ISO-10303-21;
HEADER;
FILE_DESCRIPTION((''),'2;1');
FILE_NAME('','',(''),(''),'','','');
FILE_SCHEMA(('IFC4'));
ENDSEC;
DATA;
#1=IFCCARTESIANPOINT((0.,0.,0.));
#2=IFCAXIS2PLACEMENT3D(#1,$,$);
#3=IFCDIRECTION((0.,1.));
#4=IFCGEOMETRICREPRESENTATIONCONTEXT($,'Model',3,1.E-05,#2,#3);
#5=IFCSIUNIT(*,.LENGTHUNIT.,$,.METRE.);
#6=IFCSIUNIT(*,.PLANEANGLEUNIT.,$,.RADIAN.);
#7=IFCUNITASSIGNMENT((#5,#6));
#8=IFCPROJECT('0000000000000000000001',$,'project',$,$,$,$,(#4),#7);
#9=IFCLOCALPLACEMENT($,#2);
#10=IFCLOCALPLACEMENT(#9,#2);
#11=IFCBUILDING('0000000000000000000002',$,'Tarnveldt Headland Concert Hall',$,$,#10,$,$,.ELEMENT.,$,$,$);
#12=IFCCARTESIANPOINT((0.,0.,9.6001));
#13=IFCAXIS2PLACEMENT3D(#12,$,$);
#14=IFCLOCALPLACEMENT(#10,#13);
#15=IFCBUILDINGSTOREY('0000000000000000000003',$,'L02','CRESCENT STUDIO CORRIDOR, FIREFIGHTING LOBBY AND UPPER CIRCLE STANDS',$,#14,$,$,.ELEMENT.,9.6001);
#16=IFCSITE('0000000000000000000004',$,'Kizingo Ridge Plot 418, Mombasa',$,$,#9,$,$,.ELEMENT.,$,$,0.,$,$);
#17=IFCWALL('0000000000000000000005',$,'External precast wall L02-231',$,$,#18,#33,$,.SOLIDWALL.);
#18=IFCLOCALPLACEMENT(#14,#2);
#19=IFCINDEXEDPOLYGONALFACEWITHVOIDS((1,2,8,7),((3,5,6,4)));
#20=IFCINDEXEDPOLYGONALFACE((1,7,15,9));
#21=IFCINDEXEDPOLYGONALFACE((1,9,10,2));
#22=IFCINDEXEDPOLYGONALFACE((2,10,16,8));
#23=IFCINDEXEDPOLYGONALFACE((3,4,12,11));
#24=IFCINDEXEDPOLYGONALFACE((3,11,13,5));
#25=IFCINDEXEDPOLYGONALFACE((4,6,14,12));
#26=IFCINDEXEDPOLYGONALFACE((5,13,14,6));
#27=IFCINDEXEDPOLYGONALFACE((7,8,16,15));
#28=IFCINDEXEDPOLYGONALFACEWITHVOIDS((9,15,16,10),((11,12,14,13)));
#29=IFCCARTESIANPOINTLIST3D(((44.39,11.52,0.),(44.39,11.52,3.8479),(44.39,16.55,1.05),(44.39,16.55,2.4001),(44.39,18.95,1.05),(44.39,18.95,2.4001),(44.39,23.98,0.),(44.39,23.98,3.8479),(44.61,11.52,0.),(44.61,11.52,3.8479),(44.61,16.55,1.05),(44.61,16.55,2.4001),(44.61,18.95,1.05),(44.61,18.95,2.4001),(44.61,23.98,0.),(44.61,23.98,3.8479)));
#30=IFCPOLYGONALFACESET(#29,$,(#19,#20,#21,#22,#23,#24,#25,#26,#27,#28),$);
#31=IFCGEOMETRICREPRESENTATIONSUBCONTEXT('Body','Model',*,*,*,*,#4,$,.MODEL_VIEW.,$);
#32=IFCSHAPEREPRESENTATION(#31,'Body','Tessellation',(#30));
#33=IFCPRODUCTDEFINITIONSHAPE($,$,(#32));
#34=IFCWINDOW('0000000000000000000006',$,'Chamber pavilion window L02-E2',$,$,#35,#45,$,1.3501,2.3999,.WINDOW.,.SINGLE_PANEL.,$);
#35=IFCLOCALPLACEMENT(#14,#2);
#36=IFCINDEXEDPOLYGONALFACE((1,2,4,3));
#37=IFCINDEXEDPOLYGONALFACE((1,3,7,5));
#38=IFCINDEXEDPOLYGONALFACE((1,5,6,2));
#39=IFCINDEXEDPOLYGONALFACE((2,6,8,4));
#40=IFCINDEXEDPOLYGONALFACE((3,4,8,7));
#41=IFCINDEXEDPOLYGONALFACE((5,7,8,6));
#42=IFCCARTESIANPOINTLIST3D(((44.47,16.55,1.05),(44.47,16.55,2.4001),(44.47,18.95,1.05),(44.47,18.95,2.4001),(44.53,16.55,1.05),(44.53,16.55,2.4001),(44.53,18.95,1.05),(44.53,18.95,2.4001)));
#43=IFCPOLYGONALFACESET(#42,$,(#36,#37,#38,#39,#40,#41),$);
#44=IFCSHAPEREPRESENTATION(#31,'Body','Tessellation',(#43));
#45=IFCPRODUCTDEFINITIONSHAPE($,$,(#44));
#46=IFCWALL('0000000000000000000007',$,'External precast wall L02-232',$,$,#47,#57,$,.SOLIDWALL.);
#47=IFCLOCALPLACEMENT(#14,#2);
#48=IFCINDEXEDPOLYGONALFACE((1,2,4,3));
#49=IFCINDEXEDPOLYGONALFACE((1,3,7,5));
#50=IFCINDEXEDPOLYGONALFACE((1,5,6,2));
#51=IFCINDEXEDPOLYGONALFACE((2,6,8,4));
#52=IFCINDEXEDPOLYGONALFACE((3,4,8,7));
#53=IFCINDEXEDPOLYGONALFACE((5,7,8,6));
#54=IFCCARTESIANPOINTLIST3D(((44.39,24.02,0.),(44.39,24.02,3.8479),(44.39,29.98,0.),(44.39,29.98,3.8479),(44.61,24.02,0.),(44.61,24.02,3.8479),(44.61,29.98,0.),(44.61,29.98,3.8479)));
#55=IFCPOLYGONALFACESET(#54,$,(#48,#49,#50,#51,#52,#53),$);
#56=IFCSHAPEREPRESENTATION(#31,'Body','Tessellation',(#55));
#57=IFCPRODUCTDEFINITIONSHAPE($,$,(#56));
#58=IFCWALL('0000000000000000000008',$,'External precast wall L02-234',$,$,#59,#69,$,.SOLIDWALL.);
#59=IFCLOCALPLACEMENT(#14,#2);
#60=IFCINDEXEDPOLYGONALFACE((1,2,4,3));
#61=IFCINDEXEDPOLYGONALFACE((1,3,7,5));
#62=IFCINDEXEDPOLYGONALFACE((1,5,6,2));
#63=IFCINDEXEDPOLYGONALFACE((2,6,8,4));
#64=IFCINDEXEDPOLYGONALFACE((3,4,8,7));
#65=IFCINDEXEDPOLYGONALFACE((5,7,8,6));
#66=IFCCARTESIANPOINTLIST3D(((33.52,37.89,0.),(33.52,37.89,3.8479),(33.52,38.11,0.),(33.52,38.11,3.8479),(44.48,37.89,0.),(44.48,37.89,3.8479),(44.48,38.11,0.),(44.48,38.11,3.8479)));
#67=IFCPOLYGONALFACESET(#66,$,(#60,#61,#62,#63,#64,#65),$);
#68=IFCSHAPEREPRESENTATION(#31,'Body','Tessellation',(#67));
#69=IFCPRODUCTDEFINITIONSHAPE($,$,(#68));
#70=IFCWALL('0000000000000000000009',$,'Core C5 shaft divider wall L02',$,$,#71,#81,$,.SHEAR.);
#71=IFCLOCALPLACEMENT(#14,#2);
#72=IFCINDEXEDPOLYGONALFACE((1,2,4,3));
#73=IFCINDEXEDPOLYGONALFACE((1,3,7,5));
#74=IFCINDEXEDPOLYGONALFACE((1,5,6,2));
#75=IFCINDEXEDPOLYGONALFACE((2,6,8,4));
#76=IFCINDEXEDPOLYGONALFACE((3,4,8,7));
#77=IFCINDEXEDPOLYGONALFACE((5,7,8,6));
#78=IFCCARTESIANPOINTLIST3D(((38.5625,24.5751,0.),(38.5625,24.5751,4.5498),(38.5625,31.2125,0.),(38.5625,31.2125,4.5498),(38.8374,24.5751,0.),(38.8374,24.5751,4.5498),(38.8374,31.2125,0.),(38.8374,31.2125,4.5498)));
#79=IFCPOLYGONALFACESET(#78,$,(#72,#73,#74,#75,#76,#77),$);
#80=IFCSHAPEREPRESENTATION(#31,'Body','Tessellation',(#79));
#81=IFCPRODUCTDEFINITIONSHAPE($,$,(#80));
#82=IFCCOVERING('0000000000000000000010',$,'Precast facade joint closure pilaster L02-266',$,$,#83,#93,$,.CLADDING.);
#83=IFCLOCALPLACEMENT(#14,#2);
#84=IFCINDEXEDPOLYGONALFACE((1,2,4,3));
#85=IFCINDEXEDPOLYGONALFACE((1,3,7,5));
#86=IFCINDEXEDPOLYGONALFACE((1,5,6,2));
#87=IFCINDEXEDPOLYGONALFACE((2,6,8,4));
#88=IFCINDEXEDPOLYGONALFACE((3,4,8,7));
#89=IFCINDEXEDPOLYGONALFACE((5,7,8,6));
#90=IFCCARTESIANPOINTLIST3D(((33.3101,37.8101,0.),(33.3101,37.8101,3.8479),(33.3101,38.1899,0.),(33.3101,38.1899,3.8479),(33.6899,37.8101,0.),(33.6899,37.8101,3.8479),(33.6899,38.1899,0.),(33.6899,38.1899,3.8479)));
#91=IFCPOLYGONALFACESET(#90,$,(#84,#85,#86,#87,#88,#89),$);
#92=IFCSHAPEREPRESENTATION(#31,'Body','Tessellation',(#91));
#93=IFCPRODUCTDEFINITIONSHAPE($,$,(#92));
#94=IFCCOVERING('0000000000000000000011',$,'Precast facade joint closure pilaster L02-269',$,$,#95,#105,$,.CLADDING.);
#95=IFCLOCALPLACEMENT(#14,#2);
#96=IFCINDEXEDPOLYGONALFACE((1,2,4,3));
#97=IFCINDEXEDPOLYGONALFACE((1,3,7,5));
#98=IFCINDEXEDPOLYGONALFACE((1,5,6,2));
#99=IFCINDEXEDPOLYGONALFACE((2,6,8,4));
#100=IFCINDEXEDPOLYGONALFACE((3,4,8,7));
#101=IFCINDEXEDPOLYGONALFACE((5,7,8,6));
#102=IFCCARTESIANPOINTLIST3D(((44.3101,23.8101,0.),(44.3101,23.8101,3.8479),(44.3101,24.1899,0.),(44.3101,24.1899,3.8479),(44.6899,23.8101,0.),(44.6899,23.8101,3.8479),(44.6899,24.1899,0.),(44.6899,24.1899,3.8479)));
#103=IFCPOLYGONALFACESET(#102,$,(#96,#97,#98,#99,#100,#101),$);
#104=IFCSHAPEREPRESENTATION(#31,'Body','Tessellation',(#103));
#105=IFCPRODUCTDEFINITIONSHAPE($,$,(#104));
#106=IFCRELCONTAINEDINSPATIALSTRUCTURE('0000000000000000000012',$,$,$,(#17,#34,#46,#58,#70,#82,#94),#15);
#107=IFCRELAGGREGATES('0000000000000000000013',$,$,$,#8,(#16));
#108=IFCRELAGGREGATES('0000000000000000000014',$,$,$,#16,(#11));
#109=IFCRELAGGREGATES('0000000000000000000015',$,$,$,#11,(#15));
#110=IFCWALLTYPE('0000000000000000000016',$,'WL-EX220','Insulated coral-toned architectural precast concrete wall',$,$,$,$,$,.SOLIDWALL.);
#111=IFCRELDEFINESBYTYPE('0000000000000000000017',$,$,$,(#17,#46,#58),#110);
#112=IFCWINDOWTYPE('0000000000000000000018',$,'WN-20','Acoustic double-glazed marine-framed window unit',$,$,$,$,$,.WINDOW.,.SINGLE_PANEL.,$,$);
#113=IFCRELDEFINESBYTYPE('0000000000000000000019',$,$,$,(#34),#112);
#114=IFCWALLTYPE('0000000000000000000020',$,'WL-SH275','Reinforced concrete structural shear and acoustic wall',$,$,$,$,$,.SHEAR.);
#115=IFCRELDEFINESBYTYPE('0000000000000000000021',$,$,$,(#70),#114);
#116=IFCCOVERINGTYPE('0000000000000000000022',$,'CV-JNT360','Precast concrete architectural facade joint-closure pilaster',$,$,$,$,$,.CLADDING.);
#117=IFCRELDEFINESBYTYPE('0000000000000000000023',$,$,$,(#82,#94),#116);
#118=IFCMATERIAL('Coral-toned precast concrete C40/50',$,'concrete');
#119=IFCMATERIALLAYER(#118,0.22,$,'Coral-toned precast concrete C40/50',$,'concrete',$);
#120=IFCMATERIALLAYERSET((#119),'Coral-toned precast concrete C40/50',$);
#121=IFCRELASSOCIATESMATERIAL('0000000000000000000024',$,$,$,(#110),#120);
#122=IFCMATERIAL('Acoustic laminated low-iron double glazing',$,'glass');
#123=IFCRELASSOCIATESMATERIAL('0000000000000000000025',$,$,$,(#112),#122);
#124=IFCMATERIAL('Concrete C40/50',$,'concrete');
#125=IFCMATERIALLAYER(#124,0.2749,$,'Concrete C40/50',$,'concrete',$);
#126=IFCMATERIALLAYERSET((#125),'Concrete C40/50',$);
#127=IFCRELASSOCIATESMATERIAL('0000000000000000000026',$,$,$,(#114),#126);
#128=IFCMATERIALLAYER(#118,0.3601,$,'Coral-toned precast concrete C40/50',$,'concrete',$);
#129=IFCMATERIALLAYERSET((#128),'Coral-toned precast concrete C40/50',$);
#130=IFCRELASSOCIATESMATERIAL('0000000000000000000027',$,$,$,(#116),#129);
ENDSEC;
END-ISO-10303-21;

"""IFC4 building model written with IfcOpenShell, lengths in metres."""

from ifc_helpers import new_model, si_unit, direction, frame, frame_2d, origin, origin_2d, place, context, subcontext, project, spatial, rectangle, extrude, material, layer, layer_set, type_object, element, fill, save


model = new_model("IFC4")

# Units and contexts
model_context = context("Model", 3, precision=1e-05, world=origin(), true_north=direction((0.0, 1.0)))
body_context = subcontext(model_context, "Body", "Model", "MODEL_VIEW")
ifc_project = project(units=[si_unit("LENGTHUNIT", "METRE"), si_unit("PLANEANGLEUNIT", "RADIAN")], contexts=[model_context])

# Site, building, storey
site_placement = place(None, origin())
site = spatial("IfcSite", under=ifc_project, at=site_placement, Name="Kizingo Ridge Plot 418, Mombasa", CompositionType="ELEMENT", RefElevation=0.0)
building_placement = place(site_placement, origin())
building = spatial("IfcBuilding", under=site, at=building_placement, Name="Tarnveldt Headland Concert Hall", CompositionType="ELEMENT")
storey_placement = place(building_placement, frame((0.0, 0.0, 9.6001)))
storey = spatial("IfcBuildingStorey", under=building, at=storey_placement, Name="L02", Description="CRESCENT STUDIO CORRIDOR, FIREFIGHTING LOBBY AND UPPER CIRCLE STANDS", CompositionType="ELEMENT", Elevation=9.6001)

# Shared definitions
ifc_material_1 = material(Name="Concrete C40/50", Category="concrete")

# Wall, opening, window
ifc_material_2 = material(Name="Coral-toned precast concrete C40/50", Category="concrete")
ifc_layer_1 = layer(ifc_material_2, 0.22, Name="Coral-toned precast concrete C40/50", Category="concrete")
ifc_layer_set_1 = layer_set([ifc_layer_1], Name="Coral-toned precast concrete C40/50")
wall_type_1 = type_object("IfcWallType", Name="WL-EX220", Description="Insulated coral-toned architectural precast concrete wall", PredefinedType="SOLIDWALL", material=ifc_layer_set_1)
wall_1_placement = place(storey_placement, frame((44.5, 23.98, 0.0), z_axis=(0.0, 0.0, 1.0), x_axis=(0.0, -1.0, 0.0)))
wall_1 = element("IfcWall", 1, at=wall_1_placement, inside=storey, type_object=wall_type_1, Name="External precast wall L02-231", PredefinedType="SOLIDWALL", context=body_context, shape_type="SweptSolid", body=[
    extrude(rectangle(XDim=12.46, YDim=0.22, at=frame_2d((6.23, 0.0))), origin(), (0.0, 0.0, 1.0), 3.8479),
])
opening_1_placement = place(wall_1_placement, frame((5.03, 0.0, 1.05)))
opening_1 = element("IfcOpeningElement", 2, at=opening_1_placement, cuts=wall_1, PredefinedType="OPENING", context=body_context, shape_type="SweptSolid", body=[
    extrude(rectangle(XDim=2.3999, YDim=1.3501, at=frame_2d((1.2, 0.675))), frame((0.0, 0.1199, 0.0), z_axis=(0.0, -1.0, 0.0), x_axis=(1.0, 0.0, 0.0)), (0.0, 0.0, 1.0), 0.24),
])
ifc_material_3 = material(Name="Acoustic laminated low-iron double glazing", Category="glass")
window_type = type_object("IfcWindowType", Name="WN-20", Description="Acoustic double-glazed marine-framed window unit", PartitioningType="SINGLE_PANEL", PredefinedType="WINDOW", material=ifc_material_3)
window_placement = place(opening_1_placement, origin())
window = element("IfcWindow", 3, at=window_placement, inside=storey, type_object=window_type, Name="Chamber pavilion window L02-E2", OverallHeight=1.3501, OverallWidth=2.3999, PartitioningType="SINGLE_PANEL", PredefinedType="WINDOW", context=body_context, shape_type="SweptSolid", body=[
    extrude(rectangle(XDim=2.3999, YDim=1.3501, at=frame_2d((1.2, 0.675))), frame((0.0, 0.03, 0.0), z_axis=(0.0, -1.0, 0.0), x_axis=(1.0, 0.0, 0.0)), (0.0, 0.0, 1.0), 0.0601),
])
fill(opening_1, window)

# Walls
wall_2_placement = place(storey_placement, frame((44.5, 29.98, 0.0), z_axis=(0.0, 0.0, 1.0), x_axis=(0.0, -1.0, 0.0)))
element("IfcWall", 4, at=wall_2_placement, inside=storey, type_object=wall_type_1, Name="External precast wall L02-232", PredefinedType="SOLIDWALL", context=body_context, shape_type="SweptSolid", body=[
    extrude(rectangle(XDim=5.96, YDim=0.22, at=frame_2d((2.98, 0.0))), origin(), (0.0, 0.0, 1.0), 3.8479),
])
wall_3_placement = place(storey_placement, frame((33.52, 38.0, 0.0), z_axis=(0.0, 0.0, 1.0), x_axis=(1.0, 0.0, 0.0)))
element("IfcWall", 5, at=wall_3_placement, inside=storey, type_object=wall_type_1, Name="External precast wall L02-234", PredefinedType="SOLIDWALL", context=body_context, shape_type="SweptSolid", body=[
    extrude(rectangle(XDim=10.96, YDim=0.22, at=frame_2d((5.48, 0.0))), origin(), (0.0, 0.0, 1.0), 3.8479),
])
ifc_layer_2 = layer(ifc_material_1, 0.2749, Name="Concrete C40/50", Category="concrete")
ifc_layer_set_2 = layer_set([ifc_layer_2], Name="Concrete C40/50")
wall_type_2 = type_object("IfcWallType", Name="WL-SH275", Description="Reinforced concrete structural shear and acoustic wall", PredefinedType="SHEAR", material=ifc_layer_set_2)
wall_4_placement = place(storey_placement, frame((38.7, 24.575, 0.0), z_axis=(0.0, 0.0, 1.0), x_axis=(0.0, 1.0, 0.0)))
element("IfcWall", 6, at=wall_4_placement, inside=storey, type_object=wall_type_2, Name="Core C5 shaft divider wall L02", PredefinedType="SHEAR", context=body_context, shape_type="SweptSolid", body=[
    extrude(rectangle(XDim=6.6375, YDim=0.2749, at=frame_2d((3.3188, 0.0))), origin(), (0.0, 0.0, 1.0), 4.5498),
])

# Coverings
ifc_layer_3 = layer(ifc_material_2, 0.3601, Name="Coral-toned precast concrete C40/50", Category="concrete")
ifc_layer_set_3 = layer_set([ifc_layer_3], Name="Coral-toned precast concrete C40/50")
covering_type = type_object("IfcCoveringType", Name="CV-JNT360", Description="Precast concrete architectural facade joint-closure pilaster", PredefinedType="CLADDING", material=ifc_layer_set_3)
for number, where, z_axis, x_axis, name in (
    (7, (33.5, 38.0, 0.0), (0.0, 0.0, 1.0), (1.0, 0.0, 0.0), "Precast facade joint closure pilaster L02-266"),
    (8, (44.5, 24.0, 0.0), (0.0, 0.0, 1.0), (0.0, -1.0, 0.0), "Precast facade joint closure pilaster L02-269"),
):
    element("IfcCovering", number, at=place(storey_placement, frame(where, z_axis=z_axis, x_axis=x_axis)), inside=storey, type_object=covering_type, Name=name, PredefinedType="CLADDING", context=body_context, shape_type="SweptSolid", body=[
        extrude(rectangle(XDim=0.3799, YDim=0.3799, at=origin_2d()), origin(), (0.0, 0.0, 1.0), 3.8479),
    ])

save(model, "model.ifc")
